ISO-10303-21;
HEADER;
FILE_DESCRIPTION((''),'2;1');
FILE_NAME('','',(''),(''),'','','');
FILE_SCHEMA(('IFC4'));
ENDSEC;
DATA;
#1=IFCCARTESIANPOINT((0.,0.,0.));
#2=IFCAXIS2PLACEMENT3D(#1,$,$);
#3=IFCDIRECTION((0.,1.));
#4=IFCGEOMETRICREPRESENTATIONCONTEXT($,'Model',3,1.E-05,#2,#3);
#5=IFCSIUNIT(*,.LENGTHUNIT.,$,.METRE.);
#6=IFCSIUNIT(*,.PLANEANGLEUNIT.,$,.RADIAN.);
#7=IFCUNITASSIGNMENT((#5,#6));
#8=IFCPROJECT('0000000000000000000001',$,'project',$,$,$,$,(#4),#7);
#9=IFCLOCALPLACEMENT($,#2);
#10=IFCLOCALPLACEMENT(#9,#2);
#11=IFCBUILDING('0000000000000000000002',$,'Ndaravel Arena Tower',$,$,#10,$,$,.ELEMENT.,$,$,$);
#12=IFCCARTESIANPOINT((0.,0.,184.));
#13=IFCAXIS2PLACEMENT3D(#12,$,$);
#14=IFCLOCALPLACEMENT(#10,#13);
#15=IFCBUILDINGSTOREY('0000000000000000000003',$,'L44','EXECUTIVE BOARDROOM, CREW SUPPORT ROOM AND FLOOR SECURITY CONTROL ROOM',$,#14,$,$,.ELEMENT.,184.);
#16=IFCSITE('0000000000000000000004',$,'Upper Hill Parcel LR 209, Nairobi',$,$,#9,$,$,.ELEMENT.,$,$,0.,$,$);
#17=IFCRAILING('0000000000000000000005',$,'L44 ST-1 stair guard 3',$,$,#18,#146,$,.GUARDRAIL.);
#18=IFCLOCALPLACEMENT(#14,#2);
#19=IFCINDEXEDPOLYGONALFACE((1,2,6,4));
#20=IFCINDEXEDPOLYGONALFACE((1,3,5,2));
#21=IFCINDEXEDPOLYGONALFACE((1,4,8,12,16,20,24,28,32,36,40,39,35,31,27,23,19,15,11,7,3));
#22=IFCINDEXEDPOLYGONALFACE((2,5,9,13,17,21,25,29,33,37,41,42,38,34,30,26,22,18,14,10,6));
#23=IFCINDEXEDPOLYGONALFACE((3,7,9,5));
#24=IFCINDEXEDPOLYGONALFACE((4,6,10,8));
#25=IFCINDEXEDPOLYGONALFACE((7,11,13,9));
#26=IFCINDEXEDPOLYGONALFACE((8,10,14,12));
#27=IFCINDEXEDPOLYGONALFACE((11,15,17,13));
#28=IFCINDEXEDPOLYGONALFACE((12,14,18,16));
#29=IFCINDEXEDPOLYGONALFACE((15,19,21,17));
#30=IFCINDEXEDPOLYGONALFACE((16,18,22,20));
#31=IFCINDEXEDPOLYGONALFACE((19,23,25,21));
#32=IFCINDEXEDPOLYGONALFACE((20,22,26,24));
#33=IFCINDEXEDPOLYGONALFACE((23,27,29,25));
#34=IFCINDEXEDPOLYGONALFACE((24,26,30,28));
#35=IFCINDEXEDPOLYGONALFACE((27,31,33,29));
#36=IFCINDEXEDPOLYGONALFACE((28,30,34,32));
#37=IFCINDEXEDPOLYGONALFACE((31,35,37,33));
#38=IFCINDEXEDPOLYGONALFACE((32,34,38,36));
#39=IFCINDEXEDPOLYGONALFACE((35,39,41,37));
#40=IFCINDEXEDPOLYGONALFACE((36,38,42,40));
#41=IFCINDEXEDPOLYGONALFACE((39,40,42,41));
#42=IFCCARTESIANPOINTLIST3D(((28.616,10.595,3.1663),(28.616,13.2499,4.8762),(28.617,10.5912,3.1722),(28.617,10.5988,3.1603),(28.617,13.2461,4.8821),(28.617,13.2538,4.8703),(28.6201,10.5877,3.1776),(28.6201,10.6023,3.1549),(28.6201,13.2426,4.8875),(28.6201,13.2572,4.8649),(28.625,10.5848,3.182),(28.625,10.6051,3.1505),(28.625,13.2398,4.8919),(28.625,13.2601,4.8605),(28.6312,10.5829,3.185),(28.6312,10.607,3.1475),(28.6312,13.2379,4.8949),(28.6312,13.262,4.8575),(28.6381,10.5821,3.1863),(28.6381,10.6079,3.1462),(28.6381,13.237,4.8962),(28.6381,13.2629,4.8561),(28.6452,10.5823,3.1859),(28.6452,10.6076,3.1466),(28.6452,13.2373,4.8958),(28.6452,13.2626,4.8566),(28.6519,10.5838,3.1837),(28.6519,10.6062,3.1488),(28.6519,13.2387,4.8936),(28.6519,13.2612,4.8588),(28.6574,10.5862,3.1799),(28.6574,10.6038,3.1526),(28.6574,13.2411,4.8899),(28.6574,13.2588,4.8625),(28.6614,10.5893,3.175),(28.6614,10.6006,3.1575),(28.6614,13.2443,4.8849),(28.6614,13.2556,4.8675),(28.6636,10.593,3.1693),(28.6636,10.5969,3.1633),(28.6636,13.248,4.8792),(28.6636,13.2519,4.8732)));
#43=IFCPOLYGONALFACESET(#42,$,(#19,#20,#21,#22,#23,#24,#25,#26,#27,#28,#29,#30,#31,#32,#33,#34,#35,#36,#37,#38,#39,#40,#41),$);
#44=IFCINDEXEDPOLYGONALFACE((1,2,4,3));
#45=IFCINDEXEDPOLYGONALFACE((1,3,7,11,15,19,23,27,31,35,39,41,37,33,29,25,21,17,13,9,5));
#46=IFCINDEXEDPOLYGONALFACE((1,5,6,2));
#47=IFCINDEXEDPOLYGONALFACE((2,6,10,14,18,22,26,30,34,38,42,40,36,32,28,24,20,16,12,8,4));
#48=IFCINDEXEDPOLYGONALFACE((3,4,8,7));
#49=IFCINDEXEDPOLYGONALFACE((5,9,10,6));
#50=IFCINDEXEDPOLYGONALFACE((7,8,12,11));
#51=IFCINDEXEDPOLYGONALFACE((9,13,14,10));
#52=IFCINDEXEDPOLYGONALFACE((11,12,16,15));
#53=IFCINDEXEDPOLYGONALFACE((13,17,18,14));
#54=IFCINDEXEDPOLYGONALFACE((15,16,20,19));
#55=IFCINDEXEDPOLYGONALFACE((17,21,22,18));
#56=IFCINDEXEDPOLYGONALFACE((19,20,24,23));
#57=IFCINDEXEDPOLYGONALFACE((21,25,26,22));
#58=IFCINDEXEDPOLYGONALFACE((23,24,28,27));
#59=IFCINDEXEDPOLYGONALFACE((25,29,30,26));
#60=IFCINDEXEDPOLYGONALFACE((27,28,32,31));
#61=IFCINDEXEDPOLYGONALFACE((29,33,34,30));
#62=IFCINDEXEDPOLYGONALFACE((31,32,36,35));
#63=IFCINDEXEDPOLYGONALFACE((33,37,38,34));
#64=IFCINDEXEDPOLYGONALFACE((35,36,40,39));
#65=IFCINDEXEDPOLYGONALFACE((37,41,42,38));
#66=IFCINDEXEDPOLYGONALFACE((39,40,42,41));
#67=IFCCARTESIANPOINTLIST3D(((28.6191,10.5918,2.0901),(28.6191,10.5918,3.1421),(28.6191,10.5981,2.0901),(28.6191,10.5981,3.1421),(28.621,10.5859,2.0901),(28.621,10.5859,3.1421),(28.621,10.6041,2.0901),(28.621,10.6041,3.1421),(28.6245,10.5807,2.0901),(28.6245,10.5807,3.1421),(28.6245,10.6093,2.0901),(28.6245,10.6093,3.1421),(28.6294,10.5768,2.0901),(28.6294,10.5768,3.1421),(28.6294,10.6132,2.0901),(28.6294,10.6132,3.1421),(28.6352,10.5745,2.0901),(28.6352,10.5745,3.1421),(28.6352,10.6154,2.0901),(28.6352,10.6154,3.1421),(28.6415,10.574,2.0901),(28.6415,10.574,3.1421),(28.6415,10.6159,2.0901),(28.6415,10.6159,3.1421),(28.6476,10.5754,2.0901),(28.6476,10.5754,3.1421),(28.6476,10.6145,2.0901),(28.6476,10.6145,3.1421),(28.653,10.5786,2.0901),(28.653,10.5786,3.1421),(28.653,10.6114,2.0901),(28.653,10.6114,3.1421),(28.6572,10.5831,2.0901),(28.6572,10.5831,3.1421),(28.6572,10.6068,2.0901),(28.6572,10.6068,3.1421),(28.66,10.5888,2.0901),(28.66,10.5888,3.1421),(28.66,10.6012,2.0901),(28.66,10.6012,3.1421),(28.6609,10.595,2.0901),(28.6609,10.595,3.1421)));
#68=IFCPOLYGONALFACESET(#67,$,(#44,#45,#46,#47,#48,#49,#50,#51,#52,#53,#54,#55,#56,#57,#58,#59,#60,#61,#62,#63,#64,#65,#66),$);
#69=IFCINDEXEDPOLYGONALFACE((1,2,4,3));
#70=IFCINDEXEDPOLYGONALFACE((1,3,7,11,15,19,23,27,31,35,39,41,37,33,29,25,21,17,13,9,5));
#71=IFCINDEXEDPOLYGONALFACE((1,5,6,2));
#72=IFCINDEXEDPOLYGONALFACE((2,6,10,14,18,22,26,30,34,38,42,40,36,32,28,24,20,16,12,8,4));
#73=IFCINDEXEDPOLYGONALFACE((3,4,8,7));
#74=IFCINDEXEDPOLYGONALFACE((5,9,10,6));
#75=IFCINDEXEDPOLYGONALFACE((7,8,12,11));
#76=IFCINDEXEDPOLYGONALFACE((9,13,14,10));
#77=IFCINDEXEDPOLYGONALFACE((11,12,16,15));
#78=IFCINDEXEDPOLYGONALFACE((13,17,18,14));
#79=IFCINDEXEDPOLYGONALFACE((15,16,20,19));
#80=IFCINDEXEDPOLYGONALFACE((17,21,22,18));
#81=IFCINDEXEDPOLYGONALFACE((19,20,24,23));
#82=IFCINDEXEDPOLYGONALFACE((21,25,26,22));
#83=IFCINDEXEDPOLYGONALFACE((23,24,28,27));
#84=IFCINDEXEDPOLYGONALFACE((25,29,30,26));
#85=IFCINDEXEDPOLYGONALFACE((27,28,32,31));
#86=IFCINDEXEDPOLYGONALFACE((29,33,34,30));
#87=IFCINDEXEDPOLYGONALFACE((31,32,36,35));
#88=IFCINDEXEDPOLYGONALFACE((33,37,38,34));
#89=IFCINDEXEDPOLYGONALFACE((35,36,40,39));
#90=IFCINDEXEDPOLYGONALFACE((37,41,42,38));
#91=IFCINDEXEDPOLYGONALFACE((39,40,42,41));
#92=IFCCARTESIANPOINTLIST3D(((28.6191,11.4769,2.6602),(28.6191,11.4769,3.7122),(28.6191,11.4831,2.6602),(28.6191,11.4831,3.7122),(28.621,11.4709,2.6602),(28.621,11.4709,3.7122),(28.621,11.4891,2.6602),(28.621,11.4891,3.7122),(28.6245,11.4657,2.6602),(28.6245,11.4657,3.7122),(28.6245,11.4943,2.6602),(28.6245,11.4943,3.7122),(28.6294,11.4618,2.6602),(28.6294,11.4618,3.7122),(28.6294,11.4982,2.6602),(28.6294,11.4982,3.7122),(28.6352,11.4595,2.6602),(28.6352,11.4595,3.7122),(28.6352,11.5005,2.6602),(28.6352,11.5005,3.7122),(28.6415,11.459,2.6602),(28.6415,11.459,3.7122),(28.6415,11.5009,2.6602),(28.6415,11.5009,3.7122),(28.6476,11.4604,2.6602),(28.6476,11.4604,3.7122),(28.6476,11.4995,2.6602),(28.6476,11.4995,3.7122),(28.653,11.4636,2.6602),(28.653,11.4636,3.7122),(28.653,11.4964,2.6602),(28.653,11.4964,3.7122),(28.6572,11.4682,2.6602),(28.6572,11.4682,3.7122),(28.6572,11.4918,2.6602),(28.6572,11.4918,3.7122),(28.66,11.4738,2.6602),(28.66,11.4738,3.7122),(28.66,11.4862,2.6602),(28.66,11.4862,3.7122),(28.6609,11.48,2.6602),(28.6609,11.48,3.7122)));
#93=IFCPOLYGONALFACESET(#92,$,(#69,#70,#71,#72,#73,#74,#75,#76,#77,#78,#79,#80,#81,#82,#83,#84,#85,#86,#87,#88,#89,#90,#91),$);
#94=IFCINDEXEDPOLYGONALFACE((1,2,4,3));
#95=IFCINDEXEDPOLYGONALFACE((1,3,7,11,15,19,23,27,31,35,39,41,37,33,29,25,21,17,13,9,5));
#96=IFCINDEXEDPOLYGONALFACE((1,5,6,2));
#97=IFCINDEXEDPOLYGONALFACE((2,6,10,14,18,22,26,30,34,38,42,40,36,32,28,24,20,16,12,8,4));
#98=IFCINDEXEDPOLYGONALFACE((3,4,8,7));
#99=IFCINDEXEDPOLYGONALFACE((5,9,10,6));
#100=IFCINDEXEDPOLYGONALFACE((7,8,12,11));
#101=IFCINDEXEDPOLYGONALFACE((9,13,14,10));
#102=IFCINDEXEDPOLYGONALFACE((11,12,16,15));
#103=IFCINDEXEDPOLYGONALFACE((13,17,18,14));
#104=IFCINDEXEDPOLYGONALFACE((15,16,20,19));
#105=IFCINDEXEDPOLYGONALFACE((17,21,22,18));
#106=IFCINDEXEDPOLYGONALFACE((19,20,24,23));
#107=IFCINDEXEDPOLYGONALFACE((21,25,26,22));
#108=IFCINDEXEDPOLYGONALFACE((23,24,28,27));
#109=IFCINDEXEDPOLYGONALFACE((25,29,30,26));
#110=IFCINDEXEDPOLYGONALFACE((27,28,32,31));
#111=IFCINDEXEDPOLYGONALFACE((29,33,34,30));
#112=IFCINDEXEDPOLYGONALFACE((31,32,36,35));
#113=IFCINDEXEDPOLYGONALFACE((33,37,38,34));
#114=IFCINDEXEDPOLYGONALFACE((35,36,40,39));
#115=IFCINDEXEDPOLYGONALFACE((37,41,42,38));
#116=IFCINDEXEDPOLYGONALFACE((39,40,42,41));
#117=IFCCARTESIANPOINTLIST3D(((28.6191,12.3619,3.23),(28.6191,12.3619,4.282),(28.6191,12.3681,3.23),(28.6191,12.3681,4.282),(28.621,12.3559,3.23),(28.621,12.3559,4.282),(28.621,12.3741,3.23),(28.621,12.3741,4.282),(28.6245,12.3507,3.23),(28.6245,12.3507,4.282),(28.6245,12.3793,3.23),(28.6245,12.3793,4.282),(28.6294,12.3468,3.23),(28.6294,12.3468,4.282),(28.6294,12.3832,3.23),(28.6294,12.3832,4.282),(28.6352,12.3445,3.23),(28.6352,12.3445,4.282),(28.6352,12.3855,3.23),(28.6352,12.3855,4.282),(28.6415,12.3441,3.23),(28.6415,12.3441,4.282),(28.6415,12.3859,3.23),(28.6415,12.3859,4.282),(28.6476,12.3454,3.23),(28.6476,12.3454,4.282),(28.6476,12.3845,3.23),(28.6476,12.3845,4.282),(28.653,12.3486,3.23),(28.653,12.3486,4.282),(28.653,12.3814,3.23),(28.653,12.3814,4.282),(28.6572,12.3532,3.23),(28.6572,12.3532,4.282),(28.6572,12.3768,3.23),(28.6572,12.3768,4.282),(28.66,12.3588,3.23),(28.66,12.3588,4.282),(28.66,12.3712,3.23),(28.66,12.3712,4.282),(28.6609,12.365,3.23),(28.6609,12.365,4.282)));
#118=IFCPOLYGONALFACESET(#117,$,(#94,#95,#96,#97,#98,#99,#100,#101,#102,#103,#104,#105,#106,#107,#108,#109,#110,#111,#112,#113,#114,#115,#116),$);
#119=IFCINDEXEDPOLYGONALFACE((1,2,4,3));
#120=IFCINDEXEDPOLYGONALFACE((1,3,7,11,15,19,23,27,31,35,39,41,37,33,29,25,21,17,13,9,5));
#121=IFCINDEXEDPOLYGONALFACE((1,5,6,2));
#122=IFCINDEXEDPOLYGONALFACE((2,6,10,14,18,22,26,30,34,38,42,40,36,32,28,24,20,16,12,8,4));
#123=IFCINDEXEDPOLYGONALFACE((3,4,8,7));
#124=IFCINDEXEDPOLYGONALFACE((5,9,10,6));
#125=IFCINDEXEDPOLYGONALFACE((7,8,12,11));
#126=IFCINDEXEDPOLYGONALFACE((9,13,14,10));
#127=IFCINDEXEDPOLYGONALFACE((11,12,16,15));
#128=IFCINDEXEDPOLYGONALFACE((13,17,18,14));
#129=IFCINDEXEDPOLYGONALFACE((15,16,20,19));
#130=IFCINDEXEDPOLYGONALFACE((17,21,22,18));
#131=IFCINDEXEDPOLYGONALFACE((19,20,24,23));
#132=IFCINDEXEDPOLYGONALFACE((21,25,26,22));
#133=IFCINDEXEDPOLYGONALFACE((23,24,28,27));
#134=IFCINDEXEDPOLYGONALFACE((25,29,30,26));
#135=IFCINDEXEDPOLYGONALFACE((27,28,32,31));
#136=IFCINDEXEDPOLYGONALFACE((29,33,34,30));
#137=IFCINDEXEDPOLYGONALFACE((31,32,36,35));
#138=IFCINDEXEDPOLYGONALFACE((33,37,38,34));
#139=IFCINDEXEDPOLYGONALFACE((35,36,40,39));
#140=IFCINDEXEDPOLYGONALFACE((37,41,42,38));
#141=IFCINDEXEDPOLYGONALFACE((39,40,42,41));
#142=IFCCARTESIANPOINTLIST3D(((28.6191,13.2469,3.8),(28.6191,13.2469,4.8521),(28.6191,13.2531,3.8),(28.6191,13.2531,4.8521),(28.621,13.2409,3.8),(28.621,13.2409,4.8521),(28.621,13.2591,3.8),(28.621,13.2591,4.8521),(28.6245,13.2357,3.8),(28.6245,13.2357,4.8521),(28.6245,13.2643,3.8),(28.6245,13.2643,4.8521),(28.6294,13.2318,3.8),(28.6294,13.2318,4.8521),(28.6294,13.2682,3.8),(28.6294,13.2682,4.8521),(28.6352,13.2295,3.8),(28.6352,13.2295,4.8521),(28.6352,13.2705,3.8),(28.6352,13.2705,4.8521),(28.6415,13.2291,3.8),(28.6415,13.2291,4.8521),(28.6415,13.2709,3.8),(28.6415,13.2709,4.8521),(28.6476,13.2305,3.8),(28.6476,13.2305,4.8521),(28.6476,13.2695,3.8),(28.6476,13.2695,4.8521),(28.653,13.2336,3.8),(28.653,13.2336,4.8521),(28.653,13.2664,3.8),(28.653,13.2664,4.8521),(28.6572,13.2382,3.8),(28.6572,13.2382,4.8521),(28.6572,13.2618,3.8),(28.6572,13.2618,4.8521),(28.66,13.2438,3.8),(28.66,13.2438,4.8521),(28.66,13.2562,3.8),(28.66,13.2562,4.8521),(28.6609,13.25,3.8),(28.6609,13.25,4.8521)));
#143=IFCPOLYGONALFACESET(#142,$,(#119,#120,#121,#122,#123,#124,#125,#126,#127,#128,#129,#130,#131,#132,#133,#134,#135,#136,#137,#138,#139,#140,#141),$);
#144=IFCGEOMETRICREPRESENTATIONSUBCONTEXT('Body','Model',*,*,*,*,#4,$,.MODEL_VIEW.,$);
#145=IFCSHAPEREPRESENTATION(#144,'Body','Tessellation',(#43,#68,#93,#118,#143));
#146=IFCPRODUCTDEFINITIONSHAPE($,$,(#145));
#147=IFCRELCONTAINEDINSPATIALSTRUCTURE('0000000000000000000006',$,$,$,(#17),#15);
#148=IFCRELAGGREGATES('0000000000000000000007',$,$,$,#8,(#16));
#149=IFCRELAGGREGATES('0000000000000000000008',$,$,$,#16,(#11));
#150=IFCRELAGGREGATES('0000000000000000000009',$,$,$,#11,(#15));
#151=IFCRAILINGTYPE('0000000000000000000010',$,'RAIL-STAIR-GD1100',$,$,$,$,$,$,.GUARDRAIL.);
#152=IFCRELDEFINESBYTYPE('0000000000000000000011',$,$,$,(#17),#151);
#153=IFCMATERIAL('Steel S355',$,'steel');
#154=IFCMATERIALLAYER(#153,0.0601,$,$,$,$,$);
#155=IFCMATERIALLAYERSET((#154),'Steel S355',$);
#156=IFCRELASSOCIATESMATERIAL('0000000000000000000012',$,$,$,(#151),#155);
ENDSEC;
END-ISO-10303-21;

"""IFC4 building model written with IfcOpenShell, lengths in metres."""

from ifc_helpers import new_model, si_unit, direction, frame, origin, origin_2d, place, context, subcontext, project, spatial, circle, extrude, material, layer, layer_set, type_object, element, save


model = new_model("IFC4")

# Units and contexts
model_context = context("Model", 3, precision=1e-05, world=origin(), true_north=direction((0.0, 1.0)))
body_context = subcontext(model_context, "Body", "Model", "MODEL_VIEW")
ifc_project = project(units=[si_unit("LENGTHUNIT", "METRE"), si_unit("PLANEANGLEUNIT", "RADIAN")], contexts=[model_context])

# Site, building, storey
site_placement = place(None, origin())
site = spatial("IfcSite", under=ifc_project, at=site_placement, Name="Upper Hill Parcel LR 209, Nairobi", CompositionType="ELEMENT", RefElevation=0.0)
building_placement = place(site_placement, origin())
building = spatial("IfcBuilding", under=site, at=building_placement, Name="Ndaravel Arena Tower", CompositionType="ELEMENT")
storey_placement = place(building_placement, frame((0.0, 0.0, 184.0)))
storey = spatial("IfcBuildingStorey", under=building, at=storey_placement, Name="L44", Description="EXECUTIVE BOARDROOM, CREW SUPPORT ROOM AND FLOOR SECURITY CONTROL ROOM", CompositionType="ELEMENT", Elevation=184.0)

# Railing
ifc_material_1 = material(Name="Steel S355", Category="steel")
ifc_layer_1 = layer(ifc_material_1, 0.0601)
ifc_layer_set_1 = layer_set([ifc_layer_1], Name="Steel S355")
railing_type_1 = type_object("IfcRailingType", Name="RAIL-STAIR-GD1100", PredefinedType="GUARDRAIL", material=ifc_layer_set_1)
railing_1_placement = place(storey_placement, frame((28.6399, 10.595, 2.0901)))
element("IfcRailing", 1, at=railing_1_placement, inside=storey, type_object=railing_type_1, Name="L44 ST-1 stair guard 3", PredefinedType="GUARDRAIL", context=body_context, shape_type="SweptSolid", body=[
    extrude(circle(Radius=0.0239, at=origin_2d()), frame((0.0, 0.0, 1.0762), z_axis=(0.0, 0.840724, 0.541465), x_axis=(-1.0, 0.0, 0.0)), (0.0, 0.0, 1.0), 3.158),
    extrude(circle(Radius=0.021, at=origin_2d()), origin(), (0.0, 0.0, 1.0), 1.052),
    extrude(circle(Radius=0.021, at=origin_2d()), frame((0.0, 0.885, 0.5701)), (0.0, 0.0, 1.0), 1.052),
    extrude(circle(Radius=0.021, at=origin_2d()), frame((0.0, 1.77, 1.1399)), (0.0, 0.0, 1.0), 1.052),
    extrude(circle(Radius=0.021, at=origin_2d()), frame((0.0, 2.655, 1.71)), (0.0, 0.0, 1.0), 1.052),
])

save(model, "model.ifc")
